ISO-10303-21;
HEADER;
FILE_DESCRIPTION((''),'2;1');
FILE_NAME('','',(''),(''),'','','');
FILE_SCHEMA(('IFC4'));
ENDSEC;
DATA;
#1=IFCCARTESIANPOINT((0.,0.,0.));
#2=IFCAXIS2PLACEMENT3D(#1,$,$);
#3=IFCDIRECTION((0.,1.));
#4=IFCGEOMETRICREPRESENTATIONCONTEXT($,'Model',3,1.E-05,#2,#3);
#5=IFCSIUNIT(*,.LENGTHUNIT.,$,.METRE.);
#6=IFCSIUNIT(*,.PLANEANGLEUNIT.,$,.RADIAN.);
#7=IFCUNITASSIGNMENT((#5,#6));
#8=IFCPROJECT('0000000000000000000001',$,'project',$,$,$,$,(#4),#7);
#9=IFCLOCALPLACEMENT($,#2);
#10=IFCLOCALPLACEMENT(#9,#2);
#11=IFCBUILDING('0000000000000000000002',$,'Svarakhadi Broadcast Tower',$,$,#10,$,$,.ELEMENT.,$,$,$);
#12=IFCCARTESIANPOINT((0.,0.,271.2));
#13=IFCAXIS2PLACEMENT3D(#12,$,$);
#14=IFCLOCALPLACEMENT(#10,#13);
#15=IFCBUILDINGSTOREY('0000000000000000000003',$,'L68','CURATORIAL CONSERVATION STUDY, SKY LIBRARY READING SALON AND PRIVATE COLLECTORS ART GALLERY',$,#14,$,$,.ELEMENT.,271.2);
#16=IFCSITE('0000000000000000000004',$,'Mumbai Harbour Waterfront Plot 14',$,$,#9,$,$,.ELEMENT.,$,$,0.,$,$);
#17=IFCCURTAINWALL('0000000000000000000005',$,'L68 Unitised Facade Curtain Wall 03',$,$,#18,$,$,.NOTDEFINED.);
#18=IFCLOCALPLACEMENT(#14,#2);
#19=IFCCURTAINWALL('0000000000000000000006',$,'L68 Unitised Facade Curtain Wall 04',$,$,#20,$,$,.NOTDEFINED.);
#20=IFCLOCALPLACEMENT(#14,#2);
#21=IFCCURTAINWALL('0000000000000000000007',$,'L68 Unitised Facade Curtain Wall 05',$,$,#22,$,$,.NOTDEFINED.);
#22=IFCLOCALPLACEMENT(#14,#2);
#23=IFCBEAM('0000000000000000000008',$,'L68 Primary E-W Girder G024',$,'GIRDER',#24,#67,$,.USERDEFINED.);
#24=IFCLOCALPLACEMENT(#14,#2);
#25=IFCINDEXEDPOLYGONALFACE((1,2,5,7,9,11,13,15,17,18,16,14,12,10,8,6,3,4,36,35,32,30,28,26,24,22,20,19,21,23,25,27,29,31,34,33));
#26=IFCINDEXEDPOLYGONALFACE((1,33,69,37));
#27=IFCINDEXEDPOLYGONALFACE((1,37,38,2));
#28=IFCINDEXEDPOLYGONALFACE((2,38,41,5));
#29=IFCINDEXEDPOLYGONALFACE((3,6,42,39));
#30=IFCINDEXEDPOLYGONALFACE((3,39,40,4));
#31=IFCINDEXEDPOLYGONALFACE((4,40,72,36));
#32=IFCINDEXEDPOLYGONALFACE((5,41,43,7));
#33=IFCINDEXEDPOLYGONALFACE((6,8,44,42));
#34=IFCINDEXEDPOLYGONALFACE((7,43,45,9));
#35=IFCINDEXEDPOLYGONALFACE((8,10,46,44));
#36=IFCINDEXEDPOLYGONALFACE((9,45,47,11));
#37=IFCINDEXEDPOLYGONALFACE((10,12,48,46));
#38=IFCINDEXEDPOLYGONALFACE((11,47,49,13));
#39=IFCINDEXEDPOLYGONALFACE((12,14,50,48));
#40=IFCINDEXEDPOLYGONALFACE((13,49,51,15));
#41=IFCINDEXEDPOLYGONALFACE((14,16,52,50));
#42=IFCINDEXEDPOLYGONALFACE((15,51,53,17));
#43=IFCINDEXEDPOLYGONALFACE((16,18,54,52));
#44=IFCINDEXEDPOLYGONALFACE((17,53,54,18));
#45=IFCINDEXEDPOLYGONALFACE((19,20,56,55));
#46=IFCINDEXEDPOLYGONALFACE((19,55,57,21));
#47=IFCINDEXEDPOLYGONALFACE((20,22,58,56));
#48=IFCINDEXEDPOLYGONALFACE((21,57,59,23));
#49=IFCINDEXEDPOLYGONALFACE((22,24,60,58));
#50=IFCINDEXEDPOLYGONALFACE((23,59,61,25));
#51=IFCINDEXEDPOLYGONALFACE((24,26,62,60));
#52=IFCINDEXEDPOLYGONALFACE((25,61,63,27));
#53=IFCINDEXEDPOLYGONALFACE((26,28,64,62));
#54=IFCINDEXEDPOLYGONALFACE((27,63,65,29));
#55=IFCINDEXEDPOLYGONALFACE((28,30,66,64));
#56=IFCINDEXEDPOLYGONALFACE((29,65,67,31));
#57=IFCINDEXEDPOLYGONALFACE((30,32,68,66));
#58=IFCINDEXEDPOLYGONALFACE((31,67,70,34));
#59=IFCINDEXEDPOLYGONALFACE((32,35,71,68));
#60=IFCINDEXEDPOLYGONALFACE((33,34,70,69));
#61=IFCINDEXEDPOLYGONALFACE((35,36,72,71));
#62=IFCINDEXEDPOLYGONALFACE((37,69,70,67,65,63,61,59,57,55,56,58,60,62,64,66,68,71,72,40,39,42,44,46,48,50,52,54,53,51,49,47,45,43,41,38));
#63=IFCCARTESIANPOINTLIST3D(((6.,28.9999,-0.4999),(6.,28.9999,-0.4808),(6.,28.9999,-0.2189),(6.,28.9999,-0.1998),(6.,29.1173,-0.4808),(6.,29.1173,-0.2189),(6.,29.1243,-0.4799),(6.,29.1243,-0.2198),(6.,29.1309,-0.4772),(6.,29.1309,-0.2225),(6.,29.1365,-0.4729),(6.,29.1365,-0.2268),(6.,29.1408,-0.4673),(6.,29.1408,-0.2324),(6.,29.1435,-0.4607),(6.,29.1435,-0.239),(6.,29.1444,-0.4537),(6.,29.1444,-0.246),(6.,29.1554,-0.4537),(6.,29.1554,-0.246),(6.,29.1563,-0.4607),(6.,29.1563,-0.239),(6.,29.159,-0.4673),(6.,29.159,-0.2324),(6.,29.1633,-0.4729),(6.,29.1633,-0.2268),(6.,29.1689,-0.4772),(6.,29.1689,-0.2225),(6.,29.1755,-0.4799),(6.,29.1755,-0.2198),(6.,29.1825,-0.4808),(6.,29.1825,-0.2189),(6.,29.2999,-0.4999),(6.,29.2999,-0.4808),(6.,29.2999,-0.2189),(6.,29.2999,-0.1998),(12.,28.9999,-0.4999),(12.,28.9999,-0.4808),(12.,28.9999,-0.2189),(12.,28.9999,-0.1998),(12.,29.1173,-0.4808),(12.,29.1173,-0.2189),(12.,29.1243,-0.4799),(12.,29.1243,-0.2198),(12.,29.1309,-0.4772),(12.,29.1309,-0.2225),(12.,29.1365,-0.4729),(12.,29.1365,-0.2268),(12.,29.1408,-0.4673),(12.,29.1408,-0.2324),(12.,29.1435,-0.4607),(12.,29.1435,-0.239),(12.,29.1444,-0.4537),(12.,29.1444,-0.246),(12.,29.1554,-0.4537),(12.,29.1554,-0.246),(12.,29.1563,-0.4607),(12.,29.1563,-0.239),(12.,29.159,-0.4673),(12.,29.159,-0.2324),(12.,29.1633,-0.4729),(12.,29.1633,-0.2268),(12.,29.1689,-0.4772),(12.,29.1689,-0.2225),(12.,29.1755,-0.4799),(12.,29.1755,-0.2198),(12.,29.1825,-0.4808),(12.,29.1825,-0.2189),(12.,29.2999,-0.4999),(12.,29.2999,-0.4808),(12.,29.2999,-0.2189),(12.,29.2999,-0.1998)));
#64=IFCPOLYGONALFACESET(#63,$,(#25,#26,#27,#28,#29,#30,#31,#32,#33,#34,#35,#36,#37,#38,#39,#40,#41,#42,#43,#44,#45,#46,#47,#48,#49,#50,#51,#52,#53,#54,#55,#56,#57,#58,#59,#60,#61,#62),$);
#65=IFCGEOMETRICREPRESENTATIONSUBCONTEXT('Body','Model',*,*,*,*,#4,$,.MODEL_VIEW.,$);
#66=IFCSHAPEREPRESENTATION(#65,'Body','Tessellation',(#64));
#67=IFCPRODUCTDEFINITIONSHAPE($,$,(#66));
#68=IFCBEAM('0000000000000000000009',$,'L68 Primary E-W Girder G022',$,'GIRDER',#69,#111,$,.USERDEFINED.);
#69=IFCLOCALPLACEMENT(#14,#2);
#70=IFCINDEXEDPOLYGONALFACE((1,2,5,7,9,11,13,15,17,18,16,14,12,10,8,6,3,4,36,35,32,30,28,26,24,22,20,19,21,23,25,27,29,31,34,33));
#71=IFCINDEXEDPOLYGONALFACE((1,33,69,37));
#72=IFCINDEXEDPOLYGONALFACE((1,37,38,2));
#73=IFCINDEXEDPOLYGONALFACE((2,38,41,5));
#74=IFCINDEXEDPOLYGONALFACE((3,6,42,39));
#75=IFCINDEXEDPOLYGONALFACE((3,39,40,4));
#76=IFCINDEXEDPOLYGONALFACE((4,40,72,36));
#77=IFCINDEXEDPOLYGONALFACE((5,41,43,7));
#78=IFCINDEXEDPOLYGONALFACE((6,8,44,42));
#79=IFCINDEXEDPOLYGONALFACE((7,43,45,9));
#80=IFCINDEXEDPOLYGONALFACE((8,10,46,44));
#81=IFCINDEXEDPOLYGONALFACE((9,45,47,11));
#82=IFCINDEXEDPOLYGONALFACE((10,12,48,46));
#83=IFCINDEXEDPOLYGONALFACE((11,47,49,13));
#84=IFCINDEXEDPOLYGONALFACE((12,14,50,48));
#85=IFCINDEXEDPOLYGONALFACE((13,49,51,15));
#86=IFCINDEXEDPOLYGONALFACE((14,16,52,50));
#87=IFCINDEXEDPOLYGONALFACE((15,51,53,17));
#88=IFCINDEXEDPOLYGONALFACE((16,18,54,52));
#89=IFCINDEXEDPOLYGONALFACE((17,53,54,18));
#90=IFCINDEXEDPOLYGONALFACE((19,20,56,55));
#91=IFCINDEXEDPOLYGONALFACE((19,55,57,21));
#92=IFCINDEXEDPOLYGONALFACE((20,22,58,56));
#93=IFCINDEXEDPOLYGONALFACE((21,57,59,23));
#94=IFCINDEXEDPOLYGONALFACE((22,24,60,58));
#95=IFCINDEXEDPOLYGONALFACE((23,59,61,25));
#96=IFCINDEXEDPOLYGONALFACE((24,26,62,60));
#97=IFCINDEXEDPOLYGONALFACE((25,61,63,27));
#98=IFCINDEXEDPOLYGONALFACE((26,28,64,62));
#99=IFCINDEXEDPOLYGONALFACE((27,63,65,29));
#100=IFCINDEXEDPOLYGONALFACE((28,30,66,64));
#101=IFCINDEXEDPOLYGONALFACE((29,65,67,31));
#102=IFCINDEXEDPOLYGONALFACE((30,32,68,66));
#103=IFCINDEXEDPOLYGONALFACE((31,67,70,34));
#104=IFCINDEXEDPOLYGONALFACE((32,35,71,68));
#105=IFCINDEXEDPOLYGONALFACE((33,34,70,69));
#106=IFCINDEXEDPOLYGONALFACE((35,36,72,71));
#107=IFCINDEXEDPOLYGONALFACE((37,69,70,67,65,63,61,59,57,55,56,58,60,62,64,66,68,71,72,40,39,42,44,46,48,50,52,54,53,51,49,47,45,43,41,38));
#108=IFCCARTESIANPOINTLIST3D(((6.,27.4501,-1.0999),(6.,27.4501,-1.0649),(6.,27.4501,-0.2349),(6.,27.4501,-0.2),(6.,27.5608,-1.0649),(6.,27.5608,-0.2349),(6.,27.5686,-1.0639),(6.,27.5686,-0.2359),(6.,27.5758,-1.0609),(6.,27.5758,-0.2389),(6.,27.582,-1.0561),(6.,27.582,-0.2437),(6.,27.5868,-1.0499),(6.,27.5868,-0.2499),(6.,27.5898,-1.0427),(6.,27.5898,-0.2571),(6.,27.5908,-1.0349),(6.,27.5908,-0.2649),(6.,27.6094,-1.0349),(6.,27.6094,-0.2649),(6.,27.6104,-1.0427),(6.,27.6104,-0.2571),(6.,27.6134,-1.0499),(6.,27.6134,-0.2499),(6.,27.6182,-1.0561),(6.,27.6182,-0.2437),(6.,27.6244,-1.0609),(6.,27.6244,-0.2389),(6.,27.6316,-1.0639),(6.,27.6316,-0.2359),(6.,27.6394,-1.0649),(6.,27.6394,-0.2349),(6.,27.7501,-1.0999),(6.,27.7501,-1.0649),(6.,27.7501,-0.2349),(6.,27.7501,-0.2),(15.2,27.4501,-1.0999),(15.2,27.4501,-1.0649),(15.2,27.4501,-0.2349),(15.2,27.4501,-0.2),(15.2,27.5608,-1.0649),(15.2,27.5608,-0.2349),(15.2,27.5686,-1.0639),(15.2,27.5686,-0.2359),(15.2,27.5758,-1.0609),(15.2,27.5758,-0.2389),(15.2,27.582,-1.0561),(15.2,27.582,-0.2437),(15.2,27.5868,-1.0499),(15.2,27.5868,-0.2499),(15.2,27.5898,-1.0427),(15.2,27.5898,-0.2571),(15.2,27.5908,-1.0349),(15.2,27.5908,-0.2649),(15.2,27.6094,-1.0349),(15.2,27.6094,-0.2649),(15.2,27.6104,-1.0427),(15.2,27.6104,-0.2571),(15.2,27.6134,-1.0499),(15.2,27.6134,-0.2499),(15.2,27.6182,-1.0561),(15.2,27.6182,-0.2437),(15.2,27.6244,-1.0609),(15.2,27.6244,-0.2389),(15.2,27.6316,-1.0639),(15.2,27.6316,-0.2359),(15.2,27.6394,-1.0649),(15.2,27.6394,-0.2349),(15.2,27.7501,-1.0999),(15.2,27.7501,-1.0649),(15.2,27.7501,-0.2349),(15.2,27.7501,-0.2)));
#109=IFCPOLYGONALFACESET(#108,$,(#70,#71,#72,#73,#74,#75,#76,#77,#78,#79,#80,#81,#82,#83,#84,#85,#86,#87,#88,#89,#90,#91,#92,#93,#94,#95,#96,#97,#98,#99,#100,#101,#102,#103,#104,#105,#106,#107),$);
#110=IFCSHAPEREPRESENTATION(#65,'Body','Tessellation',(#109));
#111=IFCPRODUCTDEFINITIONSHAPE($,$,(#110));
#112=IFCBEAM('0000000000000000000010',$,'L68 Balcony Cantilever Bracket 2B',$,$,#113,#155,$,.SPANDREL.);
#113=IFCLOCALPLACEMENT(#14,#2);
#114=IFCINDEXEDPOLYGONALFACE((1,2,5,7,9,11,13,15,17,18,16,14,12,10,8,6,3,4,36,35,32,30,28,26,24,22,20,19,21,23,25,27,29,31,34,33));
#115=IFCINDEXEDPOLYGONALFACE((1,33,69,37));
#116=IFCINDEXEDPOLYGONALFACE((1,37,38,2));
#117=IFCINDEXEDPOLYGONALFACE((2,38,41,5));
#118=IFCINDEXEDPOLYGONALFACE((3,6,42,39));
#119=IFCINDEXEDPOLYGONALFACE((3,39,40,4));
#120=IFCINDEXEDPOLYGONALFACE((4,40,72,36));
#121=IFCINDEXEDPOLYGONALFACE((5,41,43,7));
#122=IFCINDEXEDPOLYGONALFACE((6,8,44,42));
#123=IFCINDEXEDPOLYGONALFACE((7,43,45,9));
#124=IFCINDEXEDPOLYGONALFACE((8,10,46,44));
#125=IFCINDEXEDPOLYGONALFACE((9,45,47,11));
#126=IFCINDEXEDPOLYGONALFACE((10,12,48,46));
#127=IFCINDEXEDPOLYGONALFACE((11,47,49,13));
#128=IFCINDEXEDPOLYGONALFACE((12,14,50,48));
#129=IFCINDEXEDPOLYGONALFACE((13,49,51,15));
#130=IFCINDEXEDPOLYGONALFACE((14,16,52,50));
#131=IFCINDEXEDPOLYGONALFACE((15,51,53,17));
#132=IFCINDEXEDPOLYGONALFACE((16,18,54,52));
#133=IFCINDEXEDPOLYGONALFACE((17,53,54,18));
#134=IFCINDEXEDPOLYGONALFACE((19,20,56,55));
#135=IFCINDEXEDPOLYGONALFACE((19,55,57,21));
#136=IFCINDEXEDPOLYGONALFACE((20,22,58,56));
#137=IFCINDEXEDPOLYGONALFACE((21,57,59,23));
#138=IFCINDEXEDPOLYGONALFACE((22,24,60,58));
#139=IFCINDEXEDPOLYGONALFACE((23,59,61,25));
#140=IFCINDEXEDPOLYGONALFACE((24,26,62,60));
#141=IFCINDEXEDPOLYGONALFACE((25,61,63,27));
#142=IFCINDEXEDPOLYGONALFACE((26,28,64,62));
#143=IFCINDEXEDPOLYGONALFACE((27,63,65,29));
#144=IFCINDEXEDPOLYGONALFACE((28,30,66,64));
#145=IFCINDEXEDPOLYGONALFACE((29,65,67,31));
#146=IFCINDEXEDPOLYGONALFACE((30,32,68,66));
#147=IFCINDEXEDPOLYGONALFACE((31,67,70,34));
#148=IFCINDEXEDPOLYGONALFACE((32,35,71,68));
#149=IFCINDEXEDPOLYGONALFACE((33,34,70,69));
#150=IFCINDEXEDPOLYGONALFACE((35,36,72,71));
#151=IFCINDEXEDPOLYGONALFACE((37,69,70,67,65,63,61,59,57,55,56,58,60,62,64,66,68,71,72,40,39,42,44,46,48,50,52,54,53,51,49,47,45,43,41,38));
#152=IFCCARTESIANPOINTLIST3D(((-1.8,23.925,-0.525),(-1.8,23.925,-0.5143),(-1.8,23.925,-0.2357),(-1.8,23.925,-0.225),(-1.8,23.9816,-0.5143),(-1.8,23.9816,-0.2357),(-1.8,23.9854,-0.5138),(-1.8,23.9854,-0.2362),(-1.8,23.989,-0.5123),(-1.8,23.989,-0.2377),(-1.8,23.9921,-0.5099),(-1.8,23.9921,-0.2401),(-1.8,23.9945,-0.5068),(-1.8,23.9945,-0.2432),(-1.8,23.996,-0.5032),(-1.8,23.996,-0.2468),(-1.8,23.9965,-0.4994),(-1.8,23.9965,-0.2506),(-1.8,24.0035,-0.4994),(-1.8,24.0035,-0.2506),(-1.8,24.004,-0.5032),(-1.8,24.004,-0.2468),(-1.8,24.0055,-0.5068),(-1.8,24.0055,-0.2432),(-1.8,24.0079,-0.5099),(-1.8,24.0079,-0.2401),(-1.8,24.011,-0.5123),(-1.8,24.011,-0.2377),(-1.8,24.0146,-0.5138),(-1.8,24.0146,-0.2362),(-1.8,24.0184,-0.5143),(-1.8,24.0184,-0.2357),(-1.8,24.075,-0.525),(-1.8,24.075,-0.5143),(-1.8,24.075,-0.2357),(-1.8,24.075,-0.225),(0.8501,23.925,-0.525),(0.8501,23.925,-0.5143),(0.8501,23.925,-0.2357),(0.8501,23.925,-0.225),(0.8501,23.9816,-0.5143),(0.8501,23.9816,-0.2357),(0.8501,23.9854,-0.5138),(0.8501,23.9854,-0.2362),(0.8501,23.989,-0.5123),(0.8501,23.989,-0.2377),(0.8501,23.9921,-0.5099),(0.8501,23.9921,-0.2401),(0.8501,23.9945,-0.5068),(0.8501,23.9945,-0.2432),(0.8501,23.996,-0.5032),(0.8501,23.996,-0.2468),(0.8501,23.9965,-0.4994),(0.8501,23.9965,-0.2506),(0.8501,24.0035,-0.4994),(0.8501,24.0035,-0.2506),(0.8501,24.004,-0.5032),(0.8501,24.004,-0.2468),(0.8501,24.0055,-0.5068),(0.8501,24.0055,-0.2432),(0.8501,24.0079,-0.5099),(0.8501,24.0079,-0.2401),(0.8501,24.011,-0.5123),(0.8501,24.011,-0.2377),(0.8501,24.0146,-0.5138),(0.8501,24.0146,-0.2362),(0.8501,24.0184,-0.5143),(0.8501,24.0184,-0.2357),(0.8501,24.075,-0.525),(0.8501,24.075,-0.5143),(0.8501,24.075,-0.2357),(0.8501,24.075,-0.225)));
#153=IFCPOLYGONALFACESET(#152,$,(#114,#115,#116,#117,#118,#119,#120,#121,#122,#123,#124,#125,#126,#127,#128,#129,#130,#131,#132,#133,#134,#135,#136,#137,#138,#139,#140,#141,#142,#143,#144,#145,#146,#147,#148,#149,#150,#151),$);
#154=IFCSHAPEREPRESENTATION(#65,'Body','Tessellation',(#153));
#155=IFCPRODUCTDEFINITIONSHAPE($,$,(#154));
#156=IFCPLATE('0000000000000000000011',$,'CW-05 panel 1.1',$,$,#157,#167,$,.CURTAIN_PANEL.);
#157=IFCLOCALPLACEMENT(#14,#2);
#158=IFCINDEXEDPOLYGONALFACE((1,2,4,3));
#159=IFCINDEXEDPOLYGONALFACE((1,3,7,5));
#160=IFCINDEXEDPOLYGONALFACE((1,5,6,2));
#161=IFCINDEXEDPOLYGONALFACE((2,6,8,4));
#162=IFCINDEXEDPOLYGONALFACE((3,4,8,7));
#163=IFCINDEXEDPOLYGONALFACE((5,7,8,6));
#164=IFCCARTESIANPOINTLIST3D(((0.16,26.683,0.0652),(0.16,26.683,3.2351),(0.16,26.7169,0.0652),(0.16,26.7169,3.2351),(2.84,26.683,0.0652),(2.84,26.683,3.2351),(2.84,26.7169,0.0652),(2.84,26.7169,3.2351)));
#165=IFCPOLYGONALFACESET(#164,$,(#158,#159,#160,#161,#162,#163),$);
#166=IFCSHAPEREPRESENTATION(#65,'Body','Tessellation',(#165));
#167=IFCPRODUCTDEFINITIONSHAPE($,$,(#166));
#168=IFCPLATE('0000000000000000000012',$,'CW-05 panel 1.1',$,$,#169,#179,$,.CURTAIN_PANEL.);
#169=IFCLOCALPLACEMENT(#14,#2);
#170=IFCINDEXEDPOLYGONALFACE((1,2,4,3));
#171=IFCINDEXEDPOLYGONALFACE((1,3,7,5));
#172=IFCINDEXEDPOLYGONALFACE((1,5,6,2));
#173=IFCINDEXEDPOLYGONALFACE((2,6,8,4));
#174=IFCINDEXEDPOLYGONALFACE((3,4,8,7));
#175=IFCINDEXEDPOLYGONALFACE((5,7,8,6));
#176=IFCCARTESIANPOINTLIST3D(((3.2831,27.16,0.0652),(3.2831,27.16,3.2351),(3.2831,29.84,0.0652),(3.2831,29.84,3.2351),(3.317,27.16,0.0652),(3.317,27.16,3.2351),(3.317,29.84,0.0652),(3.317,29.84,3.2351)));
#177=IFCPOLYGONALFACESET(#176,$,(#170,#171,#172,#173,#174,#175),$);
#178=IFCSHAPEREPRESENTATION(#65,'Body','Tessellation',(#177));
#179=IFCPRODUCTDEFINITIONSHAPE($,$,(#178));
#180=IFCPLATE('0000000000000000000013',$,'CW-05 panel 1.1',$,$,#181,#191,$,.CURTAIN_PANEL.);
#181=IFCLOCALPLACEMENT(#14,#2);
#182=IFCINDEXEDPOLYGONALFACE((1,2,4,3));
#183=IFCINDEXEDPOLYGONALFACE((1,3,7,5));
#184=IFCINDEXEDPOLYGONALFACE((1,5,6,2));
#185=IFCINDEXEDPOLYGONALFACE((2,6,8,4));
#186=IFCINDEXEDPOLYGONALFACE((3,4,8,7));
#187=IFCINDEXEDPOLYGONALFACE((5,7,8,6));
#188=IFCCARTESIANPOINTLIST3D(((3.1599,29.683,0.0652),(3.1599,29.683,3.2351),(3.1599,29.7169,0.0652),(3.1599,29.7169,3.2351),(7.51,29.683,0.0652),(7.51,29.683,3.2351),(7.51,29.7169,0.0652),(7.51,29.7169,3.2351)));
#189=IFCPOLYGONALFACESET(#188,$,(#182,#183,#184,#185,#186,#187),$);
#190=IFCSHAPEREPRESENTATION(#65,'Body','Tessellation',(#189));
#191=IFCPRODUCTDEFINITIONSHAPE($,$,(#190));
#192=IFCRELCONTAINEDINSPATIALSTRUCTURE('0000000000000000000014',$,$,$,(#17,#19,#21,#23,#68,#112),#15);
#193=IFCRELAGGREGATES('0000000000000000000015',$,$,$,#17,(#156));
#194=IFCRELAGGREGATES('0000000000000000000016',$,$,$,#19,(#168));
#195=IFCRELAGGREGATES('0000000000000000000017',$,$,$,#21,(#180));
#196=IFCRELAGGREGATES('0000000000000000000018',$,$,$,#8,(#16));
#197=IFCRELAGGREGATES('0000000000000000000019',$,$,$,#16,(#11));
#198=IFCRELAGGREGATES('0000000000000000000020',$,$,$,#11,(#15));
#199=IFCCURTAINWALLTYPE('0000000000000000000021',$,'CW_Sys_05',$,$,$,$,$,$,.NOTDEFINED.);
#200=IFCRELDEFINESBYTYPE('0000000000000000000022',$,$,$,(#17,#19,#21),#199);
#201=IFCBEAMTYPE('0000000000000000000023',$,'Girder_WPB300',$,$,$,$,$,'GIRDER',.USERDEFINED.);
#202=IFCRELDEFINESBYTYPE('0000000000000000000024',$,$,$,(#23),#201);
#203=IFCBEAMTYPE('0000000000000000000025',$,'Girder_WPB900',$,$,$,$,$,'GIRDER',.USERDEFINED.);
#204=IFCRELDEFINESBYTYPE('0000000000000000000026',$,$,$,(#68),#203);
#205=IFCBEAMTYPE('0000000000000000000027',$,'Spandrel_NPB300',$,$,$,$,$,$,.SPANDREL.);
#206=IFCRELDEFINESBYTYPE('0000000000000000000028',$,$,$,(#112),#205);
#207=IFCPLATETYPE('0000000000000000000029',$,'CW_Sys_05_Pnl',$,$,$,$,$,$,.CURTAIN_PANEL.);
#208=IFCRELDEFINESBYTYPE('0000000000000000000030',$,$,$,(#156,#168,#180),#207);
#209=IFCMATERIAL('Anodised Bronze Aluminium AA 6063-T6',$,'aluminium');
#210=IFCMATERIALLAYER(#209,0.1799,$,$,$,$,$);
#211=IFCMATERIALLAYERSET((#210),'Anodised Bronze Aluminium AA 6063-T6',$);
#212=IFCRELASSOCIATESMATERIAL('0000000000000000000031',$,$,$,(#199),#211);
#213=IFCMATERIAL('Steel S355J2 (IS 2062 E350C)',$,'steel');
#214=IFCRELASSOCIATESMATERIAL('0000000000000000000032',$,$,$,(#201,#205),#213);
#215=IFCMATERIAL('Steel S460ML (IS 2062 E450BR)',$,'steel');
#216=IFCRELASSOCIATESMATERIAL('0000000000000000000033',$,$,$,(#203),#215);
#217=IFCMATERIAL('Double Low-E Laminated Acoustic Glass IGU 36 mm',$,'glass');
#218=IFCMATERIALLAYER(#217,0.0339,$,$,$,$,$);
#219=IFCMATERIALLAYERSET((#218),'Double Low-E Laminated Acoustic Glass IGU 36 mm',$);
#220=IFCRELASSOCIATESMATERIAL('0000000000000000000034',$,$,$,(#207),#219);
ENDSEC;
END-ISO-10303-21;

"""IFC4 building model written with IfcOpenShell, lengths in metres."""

from ifc_helpers import new_model, si_unit, direction, frame, origin, origin_2d, place, context, subcontext, project, spatial, rectangle, i_section, extrude, material, layer, layer_set, material_profile, profile_set, type_object, element, aggregate, save


model = new_model("IFC4")

# Units and contexts
model_context = context("Model", 3, precision=1e-05, world=origin(), true_north=direction((0.0, 1.0)))
body_context = subcontext(model_context, "Body", "Model", "MODEL_VIEW")
ifc_project = project(units=[si_unit("LENGTHUNIT", "METRE"), si_unit("PLANEANGLEUNIT", "RADIAN")], contexts=[model_context])

# Site, building, storey
site_placement = place(None, origin())
site = spatial("IfcSite", under=ifc_project, at=site_placement, Name="Mumbai Harbour Waterfront Plot 14", CompositionType="ELEMENT", RefElevation=0.0)
building_placement = place(site_placement, origin())
building = spatial("IfcBuilding", under=site, at=building_placement, Name="Svarakhadi Broadcast Tower", CompositionType="ELEMENT")
storey_placement = place(building_placement, frame((0.0, 0.0, 271.2)))
storey = spatial("IfcBuildingStorey", under=building, at=storey_placement, Name="L68", Description="CURATORIAL CONSERVATION STUDY, SKY LIBRARY READING SALON AND PRIVATE COLLECTORS ART GALLERY", CompositionType="ELEMENT", Elevation=271.2)

# Shared definitions
ifc_material_1 = material(Name="Steel S460ML (IS 2062 E450BR)", Category="steel")

# Curtain walls
ifc_material_2 = material(Name="Anodised Bronze Aluminium AA 6063-T6", Category="aluminium")
ifc_layer_1 = layer(ifc_material_2, 0.1799)
ifc_layer_set_1 = layer_set([ifc_layer_1], Name="Anodised Bronze Aluminium AA 6063-T6")
curtain_wall_type = type_object("IfcCurtainWallType", Name="CW_Sys_05", PredefinedType="NOTDEFINED", material=ifc_layer_set_1)
curtain_wall_1_placement = place(storey_placement, origin())
curtain_wall_1 = element("IfcCurtainWall", 1, at=curtain_wall_1_placement, inside=storey, type_object=curtain_wall_type, Name="L68 Unitised Facade Curtain Wall 03", PredefinedType="NOTDEFINED")
curtain_wall_2_placement = place(storey_placement, origin())
curtain_wall_2 = element("IfcCurtainWall", 2, at=curtain_wall_2_placement, inside=storey, type_object=curtain_wall_type, Name="L68 Unitised Facade Curtain Wall 04", PredefinedType="NOTDEFINED")

# Curtain wall
curtain_wall_3_placement = place(storey_placement, origin())
curtain_wall_3 = element("IfcCurtainWall", 3, at=curtain_wall_3_placement, inside=storey, type_object=curtain_wall_type, Name="L68 Unitised Facade Curtain Wall 05", PredefinedType="NOTDEFINED")

# Beams
ifc_material_3 = material(Name="Steel S355J2 (IS 2062 E350C)", Category="steel")
ifc_material_profile_1 = material_profile(ifc_material_3, i_section(OverallWidth=0.3, OverallDepth=0.3, WebThickness=0.011, FlangeThickness=0.019, FilletRadius=0.0271, at=origin_2d()), Name="WPB 300x300x117")
ifc_profile_set_1 = profile_set([ifc_material_profile_1], Name="Steel S355J2 (IS 2062 E350C)")
beam_type_1 = type_object("IfcBeamType", Name="Girder_WPB300", ElementType="GIRDER", PredefinedType="USERDEFINED", material=ifc_profile_set_1)
beam_1_placement = place(storey_placement, frame((6.0, 29.1499, -0.3499), z_axis=(1.0, 0.0, 0.0), x_axis=(0.0, 1.0, 0.0)))
element("IfcBeam", 4, at=beam_1_placement, inside=storey, type_object=beam_type_1, Name="L68 Primary E-W Girder G024", ObjectType="GIRDER", PredefinedType="USERDEFINED", context=body_context, shape_type="SweptSolid", body=[
    extrude(i_section(OverallWidth=0.3, OverallDepth=0.3, WebThickness=0.011, FlangeThickness=0.019, FilletRadius=0.0271, at=origin_2d()), origin(), (0.0, 0.0, 1.0), 6.0),
])
ifc_material_profile_2 = material_profile(ifc_material_1, i_section(OverallWidth=0.3, OverallDepth=0.8999, WebThickness=0.0186, FlangeThickness=0.0349, FilletRadius=0.03, at=origin_2d()), Name="WPB 900x300x291")
ifc_profile_set_2 = profile_set([ifc_material_profile_2], Name="Steel S460ML (IS 2062 E450BR)")
beam_type_2 = type_object("IfcBeamType", Name="Girder_WPB900", ElementType="GIRDER", PredefinedType="USERDEFINED", material=ifc_profile_set_2)
beam_2_placement = place(storey_placement, frame((6.0, 27.6001, -0.6499), z_axis=(1.0, 0.0, 0.0), x_axis=(0.0, 1.0, 0.0)))
element("IfcBeam", 5, at=beam_2_placement, inside=storey, type_object=beam_type_2, Name="L68 Primary E-W Girder G022", ObjectType="GIRDER", PredefinedType="USERDEFINED", context=body_context, shape_type="SweptSolid", body=[
    extrude(i_section(OverallWidth=0.3, OverallDepth=0.8999, WebThickness=0.0186, FlangeThickness=0.0349, FilletRadius=0.03, at=origin_2d()), origin(), (0.0, 0.0, 1.0), 9.2),
])
ifc_material_profile_3 = material_profile(ifc_material_3, i_section(OverallWidth=0.1499, OverallDepth=0.3, WebThickness=0.0071, FlangeThickness=0.0107, FilletRadius=0.0149, at=origin_2d()), Name="NPB 300x150x37")
ifc_profile_set_3 = profile_set([ifc_material_profile_3], Name="Steel S355J2 (IS 2062 E350C)")
beam_type_3 = type_object("IfcBeamType", Name="Spandrel_NPB300", PredefinedType="SPANDREL", material=ifc_profile_set_3)
beam_3_placement = place(storey_placement, frame((0.8501, 24.0, -0.375), z_axis=(-1.0, 0.0, 0.0), x_axis=(0.0, -1.0, 0.0)))
element("IfcBeam", 6, at=beam_3_placement, inside=storey, type_object=beam_type_3, Name="L68 Balcony Cantilever Bracket 2B", PredefinedType="SPANDREL", context=body_context, shape_type="SweptSolid", body=[
    extrude(i_section(OverallWidth=0.1499, OverallDepth=0.3, WebThickness=0.0071, FlangeThickness=0.0107, FilletRadius=0.0149, at=origin_2d()), origin(), (0.0, 0.0, 1.0), 2.6501),
])

# Plates
ifc_material_4 = material(Name="Double Low-E Laminated Acoustic Glass IGU 36 mm", Category="glass")
ifc_layer_2 = layer(ifc_material_4, 0.0339)
ifc_layer_set_2 = layer_set([ifc_layer_2], Name="Double Low-E Laminated Acoustic Glass IGU 36 mm")
plate_type = type_object("IfcPlateType", Name="CW_Sys_05_Pnl", PredefinedType="CURTAIN_PANEL", material=ifc_layer_set_2)
plate_1_placement = place(storey_placement, frame((1.5, 26.7, 0.0652), z_axis=(0.0, 0.0, 1.0), x_axis=(1.0, 0.0, 0.0)))
plate_1 = element("IfcPlate", 7, at=plate_1_placement, type_object=plate_type, Name="CW-05 panel 1.1", PredefinedType="CURTAIN_PANEL", context=body_context, shape_type="SweptSolid", body=[
    extrude(rectangle(XDim=2.6799, YDim=0.0339, at=origin_2d()), origin(), (0.0, 0.0, 1.0), 3.1699),
])
aggregate(curtain_wall_1, [plate_1])
plate_2_placement = place(storey_placement, frame((3.3, 28.5, 0.0652), z_axis=(0.0, 0.0, 1.0), x_axis=(0.0, 1.0, 0.0)))
plate_2 = element("IfcPlate", 8, at=plate_2_placement, type_object=plate_type, Name="CW-05 panel 1.1", PredefinedType="CURTAIN_PANEL", context=body_context, shape_type="SweptSolid", body=[
    extrude(rectangle(XDim=2.6799, YDim=0.0339, at=origin_2d()), origin(), (0.0, 0.0, 1.0), 3.1699),
])
aggregate(curtain_wall_2, [plate_2])
plate_3_placement = place(storey_placement, frame((5.335, 29.7, 0.0652), z_axis=(0.0, 0.0, 1.0), x_axis=(1.0, 0.0, 0.0)))
plate_3 = element("IfcPlate", 9, at=plate_3_placement, type_object=plate_type, Name="CW-05 panel 1.1", PredefinedType="CURTAIN_PANEL", context=body_context, shape_type="SweptSolid", body=[
    extrude(rectangle(XDim=4.3501, YDim=0.0339, at=origin_2d()), origin(), (0.0, 0.0, 1.0), 3.1699),
])
aggregate(curtain_wall_3, [plate_3])

save(model, "model.ifc")
